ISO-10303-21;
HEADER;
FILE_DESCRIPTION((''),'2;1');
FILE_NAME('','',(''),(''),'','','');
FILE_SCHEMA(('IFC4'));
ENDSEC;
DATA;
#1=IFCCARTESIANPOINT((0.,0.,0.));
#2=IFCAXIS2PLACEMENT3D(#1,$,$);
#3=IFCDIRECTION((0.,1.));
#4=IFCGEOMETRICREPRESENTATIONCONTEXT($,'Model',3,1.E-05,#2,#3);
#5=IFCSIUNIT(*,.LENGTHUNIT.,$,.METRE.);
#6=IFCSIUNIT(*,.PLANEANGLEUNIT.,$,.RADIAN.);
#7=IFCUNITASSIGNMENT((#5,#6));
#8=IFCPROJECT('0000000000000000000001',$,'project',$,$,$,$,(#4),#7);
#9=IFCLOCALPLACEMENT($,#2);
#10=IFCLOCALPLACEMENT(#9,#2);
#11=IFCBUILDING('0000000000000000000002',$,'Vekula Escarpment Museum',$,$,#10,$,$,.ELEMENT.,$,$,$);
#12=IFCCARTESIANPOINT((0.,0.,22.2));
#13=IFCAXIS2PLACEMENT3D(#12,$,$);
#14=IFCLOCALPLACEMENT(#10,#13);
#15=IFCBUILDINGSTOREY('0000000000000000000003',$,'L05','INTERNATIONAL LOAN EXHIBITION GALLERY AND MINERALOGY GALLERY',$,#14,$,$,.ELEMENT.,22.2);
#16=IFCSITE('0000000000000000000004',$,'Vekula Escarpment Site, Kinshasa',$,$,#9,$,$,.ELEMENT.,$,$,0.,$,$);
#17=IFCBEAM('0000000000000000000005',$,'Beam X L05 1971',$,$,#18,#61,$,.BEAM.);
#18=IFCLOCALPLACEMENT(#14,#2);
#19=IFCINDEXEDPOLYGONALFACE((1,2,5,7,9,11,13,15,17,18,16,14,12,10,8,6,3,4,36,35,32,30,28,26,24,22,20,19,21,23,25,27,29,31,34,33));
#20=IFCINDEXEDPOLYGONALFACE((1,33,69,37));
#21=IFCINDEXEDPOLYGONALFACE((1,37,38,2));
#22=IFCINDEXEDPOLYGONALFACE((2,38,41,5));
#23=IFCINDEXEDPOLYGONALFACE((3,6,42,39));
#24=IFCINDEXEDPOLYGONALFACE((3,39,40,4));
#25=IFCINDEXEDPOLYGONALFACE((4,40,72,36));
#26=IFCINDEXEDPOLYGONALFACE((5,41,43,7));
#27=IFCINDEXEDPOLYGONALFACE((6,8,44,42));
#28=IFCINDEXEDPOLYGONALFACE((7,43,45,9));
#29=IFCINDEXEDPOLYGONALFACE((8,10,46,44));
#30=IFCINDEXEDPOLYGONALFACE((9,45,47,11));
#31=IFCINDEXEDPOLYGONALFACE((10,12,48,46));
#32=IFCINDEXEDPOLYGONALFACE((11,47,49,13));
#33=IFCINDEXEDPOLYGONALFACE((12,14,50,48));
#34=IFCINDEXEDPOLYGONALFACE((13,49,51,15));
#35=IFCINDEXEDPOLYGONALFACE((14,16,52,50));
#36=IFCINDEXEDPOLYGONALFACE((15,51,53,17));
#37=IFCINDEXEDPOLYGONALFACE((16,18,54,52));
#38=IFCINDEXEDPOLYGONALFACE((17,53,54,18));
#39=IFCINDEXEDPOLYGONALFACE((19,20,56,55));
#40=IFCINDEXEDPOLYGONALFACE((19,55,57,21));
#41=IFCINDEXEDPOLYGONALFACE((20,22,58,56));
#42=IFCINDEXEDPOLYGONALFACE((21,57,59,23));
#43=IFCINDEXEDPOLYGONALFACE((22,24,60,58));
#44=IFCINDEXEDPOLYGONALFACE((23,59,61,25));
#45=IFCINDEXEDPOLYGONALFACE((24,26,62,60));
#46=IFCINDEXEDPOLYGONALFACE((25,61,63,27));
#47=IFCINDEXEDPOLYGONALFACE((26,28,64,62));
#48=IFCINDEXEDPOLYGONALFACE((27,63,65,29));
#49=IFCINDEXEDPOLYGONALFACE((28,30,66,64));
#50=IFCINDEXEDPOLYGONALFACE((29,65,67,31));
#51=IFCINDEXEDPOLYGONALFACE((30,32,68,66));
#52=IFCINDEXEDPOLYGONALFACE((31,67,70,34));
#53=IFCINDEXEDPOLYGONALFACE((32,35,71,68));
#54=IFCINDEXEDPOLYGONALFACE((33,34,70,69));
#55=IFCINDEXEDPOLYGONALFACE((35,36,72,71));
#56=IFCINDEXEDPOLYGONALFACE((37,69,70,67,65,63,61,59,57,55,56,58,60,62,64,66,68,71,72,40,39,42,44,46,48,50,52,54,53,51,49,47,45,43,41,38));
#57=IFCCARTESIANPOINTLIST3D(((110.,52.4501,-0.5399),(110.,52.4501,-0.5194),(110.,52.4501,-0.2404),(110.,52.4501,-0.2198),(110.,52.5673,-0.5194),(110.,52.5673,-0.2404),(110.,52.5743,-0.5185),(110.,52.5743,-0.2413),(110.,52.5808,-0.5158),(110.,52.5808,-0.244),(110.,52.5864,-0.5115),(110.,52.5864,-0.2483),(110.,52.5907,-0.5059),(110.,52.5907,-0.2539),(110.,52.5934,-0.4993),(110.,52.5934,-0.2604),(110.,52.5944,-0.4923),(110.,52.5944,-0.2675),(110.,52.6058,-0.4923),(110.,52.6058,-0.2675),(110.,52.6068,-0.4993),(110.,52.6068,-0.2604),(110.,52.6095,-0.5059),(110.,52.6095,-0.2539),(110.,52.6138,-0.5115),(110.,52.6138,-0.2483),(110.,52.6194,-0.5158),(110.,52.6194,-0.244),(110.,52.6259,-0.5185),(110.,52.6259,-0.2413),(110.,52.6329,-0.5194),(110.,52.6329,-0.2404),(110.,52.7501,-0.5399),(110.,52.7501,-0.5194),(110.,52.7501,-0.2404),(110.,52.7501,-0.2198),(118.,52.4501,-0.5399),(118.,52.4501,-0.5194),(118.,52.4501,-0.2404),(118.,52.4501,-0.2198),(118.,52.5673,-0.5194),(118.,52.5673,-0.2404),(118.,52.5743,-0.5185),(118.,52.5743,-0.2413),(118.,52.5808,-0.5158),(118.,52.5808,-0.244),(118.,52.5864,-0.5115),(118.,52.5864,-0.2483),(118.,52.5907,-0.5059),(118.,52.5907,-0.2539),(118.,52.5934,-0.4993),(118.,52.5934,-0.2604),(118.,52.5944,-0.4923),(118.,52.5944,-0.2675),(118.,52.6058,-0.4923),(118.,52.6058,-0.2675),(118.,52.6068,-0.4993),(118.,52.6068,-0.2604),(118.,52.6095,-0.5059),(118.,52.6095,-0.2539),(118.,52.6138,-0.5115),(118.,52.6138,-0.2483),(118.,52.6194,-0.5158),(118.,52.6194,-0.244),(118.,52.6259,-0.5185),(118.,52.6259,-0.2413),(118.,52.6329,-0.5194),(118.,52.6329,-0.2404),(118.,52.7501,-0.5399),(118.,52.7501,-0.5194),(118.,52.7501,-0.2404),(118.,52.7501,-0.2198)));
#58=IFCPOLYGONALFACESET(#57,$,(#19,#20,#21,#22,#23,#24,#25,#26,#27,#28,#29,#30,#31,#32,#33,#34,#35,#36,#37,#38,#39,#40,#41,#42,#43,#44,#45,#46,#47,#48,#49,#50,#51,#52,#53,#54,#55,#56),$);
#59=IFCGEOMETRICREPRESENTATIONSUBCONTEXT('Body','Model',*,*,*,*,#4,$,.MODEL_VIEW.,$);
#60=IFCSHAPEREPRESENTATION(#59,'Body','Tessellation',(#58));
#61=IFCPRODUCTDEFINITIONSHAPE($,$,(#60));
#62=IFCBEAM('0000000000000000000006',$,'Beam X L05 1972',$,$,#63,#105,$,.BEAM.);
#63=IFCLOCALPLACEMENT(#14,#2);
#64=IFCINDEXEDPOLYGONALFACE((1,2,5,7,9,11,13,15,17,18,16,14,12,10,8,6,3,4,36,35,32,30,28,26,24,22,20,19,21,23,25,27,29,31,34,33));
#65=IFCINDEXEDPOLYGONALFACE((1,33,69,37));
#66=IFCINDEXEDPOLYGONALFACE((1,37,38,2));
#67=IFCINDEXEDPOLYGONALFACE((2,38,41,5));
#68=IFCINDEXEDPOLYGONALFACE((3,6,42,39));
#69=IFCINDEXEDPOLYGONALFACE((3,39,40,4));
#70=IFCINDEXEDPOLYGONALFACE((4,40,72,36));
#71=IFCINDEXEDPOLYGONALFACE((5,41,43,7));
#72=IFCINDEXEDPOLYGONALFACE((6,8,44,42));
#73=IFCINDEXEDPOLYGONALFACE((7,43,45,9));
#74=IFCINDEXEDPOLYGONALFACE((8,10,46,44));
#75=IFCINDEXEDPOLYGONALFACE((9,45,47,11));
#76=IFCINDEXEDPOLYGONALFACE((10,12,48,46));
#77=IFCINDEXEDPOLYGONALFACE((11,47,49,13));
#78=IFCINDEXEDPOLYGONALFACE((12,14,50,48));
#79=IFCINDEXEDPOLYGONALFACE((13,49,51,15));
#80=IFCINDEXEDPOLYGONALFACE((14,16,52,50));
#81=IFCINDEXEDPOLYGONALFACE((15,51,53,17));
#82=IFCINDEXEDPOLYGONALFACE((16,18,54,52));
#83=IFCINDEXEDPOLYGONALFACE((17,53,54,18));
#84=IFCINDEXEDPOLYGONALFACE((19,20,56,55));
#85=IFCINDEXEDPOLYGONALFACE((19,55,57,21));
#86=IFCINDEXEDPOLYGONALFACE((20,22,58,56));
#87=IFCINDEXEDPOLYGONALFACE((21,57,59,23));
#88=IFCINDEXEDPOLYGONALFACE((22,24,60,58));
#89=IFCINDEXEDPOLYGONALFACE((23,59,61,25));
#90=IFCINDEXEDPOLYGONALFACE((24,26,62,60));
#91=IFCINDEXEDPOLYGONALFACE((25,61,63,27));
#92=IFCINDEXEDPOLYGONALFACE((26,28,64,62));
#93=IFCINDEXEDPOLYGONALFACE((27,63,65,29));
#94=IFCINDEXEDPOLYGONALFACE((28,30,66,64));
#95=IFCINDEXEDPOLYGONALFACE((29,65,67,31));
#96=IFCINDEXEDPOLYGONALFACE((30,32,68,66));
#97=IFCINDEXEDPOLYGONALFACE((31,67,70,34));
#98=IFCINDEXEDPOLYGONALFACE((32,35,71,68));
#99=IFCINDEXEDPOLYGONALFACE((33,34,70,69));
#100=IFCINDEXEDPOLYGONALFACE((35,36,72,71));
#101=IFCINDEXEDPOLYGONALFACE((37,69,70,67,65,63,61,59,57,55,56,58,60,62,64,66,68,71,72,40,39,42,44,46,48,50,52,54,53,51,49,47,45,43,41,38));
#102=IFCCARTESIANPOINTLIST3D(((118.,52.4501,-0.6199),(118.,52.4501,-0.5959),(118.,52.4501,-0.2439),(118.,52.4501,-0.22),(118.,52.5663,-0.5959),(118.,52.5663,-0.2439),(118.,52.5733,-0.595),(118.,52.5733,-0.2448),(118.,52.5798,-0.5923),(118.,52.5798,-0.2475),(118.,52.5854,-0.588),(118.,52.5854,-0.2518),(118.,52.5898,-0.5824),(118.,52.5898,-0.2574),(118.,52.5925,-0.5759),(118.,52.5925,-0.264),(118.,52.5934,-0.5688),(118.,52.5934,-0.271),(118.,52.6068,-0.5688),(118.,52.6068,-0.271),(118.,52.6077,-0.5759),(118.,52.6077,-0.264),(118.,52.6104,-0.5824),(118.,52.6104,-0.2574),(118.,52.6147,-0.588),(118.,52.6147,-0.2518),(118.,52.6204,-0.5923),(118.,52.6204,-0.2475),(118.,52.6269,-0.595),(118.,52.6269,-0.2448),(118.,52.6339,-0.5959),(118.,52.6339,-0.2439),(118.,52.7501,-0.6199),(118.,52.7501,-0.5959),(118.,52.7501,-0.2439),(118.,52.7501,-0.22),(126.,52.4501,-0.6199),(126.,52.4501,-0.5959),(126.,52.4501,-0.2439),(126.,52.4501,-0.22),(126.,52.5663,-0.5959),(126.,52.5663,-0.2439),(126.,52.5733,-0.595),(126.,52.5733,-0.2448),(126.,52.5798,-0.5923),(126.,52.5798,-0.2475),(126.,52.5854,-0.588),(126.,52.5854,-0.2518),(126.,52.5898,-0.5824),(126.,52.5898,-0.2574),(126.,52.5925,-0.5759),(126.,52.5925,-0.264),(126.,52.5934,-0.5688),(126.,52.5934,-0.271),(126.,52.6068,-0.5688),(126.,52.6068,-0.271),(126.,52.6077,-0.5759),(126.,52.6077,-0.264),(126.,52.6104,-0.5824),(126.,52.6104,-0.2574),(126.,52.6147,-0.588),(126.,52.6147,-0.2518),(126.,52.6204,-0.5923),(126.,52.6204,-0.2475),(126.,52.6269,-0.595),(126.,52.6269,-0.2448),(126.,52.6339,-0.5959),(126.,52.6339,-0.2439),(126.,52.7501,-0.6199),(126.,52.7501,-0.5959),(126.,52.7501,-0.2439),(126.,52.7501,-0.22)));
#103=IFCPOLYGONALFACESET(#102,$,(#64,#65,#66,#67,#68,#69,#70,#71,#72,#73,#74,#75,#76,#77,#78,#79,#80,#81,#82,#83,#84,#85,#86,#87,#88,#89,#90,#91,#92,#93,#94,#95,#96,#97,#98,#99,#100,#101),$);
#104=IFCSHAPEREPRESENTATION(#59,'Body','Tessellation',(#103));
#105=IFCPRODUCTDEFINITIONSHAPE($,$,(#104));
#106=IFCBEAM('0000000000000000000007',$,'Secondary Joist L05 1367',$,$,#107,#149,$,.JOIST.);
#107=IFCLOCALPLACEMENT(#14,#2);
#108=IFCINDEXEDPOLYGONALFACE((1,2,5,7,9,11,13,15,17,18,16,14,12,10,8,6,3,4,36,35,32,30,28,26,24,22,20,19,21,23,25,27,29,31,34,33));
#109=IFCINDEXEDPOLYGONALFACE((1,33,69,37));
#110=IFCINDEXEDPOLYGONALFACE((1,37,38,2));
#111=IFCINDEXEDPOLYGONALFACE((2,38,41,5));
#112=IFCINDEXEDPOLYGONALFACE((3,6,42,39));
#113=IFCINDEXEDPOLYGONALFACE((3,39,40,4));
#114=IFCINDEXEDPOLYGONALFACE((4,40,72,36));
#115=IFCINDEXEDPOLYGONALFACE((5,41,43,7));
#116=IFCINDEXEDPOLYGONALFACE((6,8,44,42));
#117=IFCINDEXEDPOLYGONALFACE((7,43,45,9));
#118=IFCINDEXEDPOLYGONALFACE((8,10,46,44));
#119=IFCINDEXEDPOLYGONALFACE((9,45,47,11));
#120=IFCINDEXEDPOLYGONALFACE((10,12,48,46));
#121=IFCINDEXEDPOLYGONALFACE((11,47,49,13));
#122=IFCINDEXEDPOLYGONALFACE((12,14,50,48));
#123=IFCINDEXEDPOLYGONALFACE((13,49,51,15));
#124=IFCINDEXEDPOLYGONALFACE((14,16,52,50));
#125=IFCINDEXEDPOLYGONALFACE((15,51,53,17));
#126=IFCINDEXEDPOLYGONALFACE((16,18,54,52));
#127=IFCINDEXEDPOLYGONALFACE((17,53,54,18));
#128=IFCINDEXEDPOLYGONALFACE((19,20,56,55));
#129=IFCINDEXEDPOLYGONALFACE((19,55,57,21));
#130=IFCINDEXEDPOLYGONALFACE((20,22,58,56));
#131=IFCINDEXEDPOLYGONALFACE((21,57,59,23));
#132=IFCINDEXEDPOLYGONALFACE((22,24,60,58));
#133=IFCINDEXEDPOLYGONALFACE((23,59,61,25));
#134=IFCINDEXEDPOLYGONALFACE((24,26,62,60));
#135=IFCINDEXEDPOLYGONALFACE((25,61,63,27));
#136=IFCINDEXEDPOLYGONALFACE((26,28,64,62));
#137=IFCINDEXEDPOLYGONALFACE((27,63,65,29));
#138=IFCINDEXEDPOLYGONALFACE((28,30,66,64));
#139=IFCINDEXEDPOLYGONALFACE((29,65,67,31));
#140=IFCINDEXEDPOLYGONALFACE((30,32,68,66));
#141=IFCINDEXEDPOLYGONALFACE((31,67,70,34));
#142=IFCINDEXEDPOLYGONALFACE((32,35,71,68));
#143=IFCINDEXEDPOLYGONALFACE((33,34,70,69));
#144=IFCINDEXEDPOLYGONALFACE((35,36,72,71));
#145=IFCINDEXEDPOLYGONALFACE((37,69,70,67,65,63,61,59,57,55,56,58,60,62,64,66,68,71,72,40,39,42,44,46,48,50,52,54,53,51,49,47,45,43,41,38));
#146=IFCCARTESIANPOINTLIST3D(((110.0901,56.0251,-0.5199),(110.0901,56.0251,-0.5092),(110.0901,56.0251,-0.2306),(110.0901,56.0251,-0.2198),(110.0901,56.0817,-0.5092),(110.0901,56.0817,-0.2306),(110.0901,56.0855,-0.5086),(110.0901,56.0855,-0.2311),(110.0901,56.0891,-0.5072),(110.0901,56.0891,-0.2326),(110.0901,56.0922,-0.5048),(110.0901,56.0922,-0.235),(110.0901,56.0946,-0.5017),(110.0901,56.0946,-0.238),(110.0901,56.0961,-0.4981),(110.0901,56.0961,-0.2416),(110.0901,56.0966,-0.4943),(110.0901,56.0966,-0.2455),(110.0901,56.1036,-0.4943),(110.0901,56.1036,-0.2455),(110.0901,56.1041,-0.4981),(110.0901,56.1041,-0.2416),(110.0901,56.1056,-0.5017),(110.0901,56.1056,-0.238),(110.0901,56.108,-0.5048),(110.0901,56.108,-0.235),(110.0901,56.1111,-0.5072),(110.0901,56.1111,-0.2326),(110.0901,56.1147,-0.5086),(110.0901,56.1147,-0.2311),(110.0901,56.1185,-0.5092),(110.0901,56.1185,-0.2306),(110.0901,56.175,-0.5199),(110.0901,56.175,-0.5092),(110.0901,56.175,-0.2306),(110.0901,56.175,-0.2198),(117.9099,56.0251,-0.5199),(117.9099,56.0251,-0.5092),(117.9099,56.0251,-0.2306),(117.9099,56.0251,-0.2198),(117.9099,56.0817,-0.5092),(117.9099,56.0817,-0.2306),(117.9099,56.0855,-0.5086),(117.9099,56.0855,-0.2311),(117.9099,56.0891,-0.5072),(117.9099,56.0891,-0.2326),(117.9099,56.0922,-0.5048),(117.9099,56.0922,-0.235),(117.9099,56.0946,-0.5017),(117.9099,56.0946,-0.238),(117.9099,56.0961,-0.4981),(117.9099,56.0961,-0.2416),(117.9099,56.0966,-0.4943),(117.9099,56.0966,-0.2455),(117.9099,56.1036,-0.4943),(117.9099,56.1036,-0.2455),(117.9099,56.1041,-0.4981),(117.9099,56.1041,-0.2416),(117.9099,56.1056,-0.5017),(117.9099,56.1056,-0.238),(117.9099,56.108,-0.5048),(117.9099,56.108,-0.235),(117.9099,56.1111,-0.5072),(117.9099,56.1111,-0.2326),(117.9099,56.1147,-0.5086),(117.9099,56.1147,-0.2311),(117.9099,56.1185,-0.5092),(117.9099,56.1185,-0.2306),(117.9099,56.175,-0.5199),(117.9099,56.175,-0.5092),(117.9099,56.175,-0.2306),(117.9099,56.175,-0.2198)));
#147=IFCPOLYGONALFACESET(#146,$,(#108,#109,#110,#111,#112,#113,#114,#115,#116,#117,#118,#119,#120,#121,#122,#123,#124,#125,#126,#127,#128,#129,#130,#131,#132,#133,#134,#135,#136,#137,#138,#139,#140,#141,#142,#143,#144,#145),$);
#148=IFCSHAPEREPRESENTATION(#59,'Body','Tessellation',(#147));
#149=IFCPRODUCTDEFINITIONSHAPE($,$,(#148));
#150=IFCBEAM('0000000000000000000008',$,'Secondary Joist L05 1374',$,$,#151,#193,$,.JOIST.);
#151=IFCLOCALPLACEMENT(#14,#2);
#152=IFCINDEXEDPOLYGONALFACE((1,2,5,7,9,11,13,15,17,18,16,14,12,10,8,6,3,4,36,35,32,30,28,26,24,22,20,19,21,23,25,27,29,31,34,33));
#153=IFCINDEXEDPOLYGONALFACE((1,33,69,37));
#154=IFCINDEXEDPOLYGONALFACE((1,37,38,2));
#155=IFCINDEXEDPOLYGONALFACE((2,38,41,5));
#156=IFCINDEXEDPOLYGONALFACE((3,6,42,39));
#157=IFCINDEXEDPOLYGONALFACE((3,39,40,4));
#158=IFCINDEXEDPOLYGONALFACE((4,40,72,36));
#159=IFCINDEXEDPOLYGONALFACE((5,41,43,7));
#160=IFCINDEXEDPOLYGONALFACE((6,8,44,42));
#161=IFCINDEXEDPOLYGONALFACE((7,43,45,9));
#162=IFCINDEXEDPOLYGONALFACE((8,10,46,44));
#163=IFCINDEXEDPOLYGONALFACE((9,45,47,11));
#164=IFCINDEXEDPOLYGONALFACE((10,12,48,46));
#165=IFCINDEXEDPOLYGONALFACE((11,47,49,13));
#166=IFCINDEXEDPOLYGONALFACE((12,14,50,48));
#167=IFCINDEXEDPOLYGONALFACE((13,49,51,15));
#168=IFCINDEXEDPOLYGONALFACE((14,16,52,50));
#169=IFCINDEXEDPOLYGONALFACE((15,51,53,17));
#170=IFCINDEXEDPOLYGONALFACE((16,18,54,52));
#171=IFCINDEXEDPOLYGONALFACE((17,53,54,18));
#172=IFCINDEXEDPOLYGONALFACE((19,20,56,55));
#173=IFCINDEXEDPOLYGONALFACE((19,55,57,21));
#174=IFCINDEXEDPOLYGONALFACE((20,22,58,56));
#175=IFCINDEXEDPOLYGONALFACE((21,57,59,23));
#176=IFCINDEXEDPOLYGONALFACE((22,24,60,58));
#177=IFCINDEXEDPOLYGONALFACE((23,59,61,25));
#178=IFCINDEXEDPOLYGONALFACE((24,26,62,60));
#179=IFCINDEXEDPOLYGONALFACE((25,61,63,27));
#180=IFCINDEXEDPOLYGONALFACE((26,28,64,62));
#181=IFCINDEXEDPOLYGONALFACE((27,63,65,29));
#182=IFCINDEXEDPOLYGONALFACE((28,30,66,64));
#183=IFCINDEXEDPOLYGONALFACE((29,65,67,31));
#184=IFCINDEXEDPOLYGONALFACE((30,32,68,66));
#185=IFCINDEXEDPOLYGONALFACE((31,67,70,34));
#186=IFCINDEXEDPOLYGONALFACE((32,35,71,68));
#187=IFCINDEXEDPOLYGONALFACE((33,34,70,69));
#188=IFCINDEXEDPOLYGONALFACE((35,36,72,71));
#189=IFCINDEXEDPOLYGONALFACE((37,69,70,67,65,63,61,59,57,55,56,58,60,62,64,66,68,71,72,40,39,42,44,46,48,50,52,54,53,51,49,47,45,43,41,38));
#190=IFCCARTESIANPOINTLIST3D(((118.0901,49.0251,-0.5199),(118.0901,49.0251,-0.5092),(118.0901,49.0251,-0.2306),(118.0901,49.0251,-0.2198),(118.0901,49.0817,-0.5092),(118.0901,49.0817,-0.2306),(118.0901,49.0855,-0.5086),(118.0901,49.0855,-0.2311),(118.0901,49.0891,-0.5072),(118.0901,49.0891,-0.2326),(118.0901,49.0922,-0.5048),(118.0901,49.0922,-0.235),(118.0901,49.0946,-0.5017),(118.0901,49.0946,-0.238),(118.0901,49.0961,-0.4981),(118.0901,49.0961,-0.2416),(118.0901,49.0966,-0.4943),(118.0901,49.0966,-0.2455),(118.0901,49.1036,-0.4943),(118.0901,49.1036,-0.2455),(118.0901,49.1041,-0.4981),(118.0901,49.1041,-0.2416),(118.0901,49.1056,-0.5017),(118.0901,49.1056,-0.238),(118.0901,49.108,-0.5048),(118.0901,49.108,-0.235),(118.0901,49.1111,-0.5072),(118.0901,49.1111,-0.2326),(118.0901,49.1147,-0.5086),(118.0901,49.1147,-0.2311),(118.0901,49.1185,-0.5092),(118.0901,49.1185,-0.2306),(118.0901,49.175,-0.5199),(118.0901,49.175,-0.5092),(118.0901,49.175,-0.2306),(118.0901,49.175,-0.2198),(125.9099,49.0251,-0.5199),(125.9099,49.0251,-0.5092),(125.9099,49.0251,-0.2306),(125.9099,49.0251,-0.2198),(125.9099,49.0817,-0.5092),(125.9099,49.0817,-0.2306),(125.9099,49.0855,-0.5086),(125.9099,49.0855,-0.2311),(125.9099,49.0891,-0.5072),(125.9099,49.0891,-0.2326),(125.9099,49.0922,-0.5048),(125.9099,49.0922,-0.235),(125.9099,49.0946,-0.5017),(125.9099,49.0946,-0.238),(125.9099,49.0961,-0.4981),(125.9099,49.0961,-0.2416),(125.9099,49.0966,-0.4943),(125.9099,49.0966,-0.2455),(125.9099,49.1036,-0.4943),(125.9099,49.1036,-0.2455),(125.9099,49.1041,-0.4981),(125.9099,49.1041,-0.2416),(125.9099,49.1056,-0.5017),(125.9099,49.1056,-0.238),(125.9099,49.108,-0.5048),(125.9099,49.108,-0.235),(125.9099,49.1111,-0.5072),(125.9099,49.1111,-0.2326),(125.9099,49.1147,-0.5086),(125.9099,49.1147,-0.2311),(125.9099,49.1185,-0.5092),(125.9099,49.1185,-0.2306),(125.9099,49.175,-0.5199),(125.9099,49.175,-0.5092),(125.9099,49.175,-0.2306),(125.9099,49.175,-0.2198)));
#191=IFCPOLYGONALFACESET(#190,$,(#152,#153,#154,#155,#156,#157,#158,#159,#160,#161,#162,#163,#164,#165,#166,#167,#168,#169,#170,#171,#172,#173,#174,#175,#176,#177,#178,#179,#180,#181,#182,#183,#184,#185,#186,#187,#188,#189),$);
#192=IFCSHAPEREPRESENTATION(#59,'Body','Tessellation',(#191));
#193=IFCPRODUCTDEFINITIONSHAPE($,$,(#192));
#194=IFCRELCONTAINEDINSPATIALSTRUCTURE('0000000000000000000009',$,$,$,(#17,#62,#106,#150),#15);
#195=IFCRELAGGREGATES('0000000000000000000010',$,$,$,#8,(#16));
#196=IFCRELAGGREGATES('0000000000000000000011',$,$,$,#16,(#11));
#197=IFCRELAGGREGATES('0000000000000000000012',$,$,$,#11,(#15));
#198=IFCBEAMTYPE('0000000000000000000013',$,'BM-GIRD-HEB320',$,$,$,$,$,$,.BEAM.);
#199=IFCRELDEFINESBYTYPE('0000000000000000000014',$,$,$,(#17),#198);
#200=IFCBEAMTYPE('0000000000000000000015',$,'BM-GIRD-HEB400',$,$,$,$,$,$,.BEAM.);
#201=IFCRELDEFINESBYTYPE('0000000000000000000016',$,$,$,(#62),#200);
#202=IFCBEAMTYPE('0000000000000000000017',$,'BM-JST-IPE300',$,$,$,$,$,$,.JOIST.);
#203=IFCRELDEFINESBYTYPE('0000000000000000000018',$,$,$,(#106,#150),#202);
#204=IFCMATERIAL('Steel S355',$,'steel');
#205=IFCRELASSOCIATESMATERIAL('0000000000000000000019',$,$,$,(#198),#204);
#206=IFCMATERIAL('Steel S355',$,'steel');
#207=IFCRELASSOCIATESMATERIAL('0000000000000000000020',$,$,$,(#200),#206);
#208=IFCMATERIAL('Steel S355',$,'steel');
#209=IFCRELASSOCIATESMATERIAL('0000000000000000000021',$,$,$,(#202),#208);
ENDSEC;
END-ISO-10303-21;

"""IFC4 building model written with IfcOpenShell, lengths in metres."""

from ifc_helpers import new_model, si_unit, direction, frame, origin, origin_2d, place, context, subcontext, project, spatial, i_section, extrude, material, material_profile, profile_set, type_object, element, save


model = new_model("IFC4")

# Units and contexts
model_context = context("Model", 3, precision=1e-05, world=origin(), true_north=direction((0.0, 1.0)))
body_context = subcontext(model_context, "Body", "Model", "MODEL_VIEW")
ifc_project = project(units=[si_unit("LENGTHUNIT", "METRE"), si_unit("PLANEANGLEUNIT", "RADIAN")], contexts=[model_context])

# Site, building, storey
site_placement = place(None, origin())
site = spatial("IfcSite", under=ifc_project, at=site_placement, Name="Vekula Escarpment Site, Kinshasa", CompositionType="ELEMENT", RefElevation=0.0)
building_placement = place(site_placement, origin())
building = spatial("IfcBuilding", under=site, at=building_placement, Name="Vekula Escarpment Museum", CompositionType="ELEMENT")
storey_placement = place(building_placement, frame((0.0, 0.0, 22.2)))
storey = spatial("IfcBuildingStorey", under=building, at=storey_placement, Name="L05", Description="INTERNATIONAL LOAN EXHIBITION GALLERY AND MINERALOGY GALLERY", CompositionType="ELEMENT", Elevation=22.2)

# Beams
ifc_material_1 = material(Name="Steel S355", Category="steel")
ifc_material_profile_1 = material_profile(ifc_material_1, i_section(OverallWidth=0.3, OverallDepth=0.3201, WebThickness=0.0115, FlangeThickness=0.0205, FilletRadius=0.0271, at=origin_2d()), Name="HEB 320")
ifc_profile_set_1 = profile_set([ifc_material_profile_1], Name="Steel S355")
beam_type_1 = type_object("IfcBeamType", Name="BM-GIRD-HEB320", PredefinedType="BEAM", material=ifc_profile_set_1)
beam_1_placement = place(storey_placement, frame((110.0, 52.6001, -0.3799), z_axis=(1.0, 0.0, 0.0), x_axis=(0.0, 1.0, 0.0)))
element("IfcBeam", 1, at=beam_1_placement, inside=storey, type_object=beam_type_1, Name="Beam X L05 1971", PredefinedType="BEAM", context=body_context, shape_type="SweptSolid", body=[
    extrude(i_section(OverallWidth=0.3, OverallDepth=0.3201, WebThickness=0.0115, FlangeThickness=0.0205, FilletRadius=0.0271, at=origin_2d()), origin(), (0.0, 0.0, 1.0), 8.0),
])
ifc_material_2 = material(Name="Steel S355", Category="steel")
ifc_material_profile_2 = material_profile(ifc_material_2, i_section(OverallWidth=0.3, OverallDepth=0.3999, WebThickness=0.0134, FlangeThickness=0.0239, FilletRadius=0.0271, at=origin_2d()), Name="HEB 400")
ifc_profile_set_2 = profile_set([ifc_material_profile_2], Name="Steel S355")
beam_type_2 = type_object("IfcBeamType", Name="BM-GIRD-HEB400", PredefinedType="BEAM", material=ifc_profile_set_2)
beam_2_placement = place(storey_placement, frame((118.0, 52.6001, -0.4199), z_axis=(1.0, 0.0, 0.0), x_axis=(0.0, 1.0, 0.0)))
element("IfcBeam", 2, at=beam_2_placement, inside=storey, type_object=beam_type_2, Name="Beam X L05 1972", PredefinedType="BEAM", context=body_context, shape_type="SweptSolid", body=[
    extrude(i_section(OverallWidth=0.3, OverallDepth=0.3999, WebThickness=0.0134, FlangeThickness=0.0239, FilletRadius=0.0271, at=origin_2d()), origin(), (0.0, 0.0, 1.0), 8.0),
])
ifc_material_3 = material(Name="Steel S355", Category="steel")
ifc_material_profile_3 = material_profile(ifc_material_3, i_section(OverallWidth=0.1499, OverallDepth=0.3, WebThickness=0.0071, FlangeThickness=0.0107, FilletRadius=0.0149, at=origin_2d()), Name="IPE 300")
ifc_profile_set_3 = profile_set([ifc_material_profile_3], Name="Steel S355")
beam_type_3 = type_object("IfcBeamType", Name="BM-JST-IPE300", PredefinedType="JOIST", material=ifc_profile_set_3)
for number, where, z_axis, x_axis, name in (
    (3, (110.0901, 56.1001, -0.3699), (1.0, 0.0, 0.0), (0.0, 1.0, 0.0), "Secondary Joist L05 1367"),
    (4, (118.0901, 49.1001, -0.3699), (1.0, 0.0, 0.0), (0.0, 1.0, 0.0), "Secondary Joist L05 1374"),
):
    element("IfcBeam", number, at=place(storey_placement, frame(where, z_axis=z_axis, x_axis=x_axis)), inside=storey, type_object=beam_type_3, Name=name, PredefinedType="JOIST", context=body_context, shape_type="SweptSolid", body=[
        extrude(i_section(OverallWidth=0.1499, OverallDepth=0.3, WebThickness=0.0071, FlangeThickness=0.0107, FilletRadius=0.0149, at=origin_2d()), origin(), (0.0, 0.0, 1.0), 7.8198),
    ])

save(model, "model.ifc")
